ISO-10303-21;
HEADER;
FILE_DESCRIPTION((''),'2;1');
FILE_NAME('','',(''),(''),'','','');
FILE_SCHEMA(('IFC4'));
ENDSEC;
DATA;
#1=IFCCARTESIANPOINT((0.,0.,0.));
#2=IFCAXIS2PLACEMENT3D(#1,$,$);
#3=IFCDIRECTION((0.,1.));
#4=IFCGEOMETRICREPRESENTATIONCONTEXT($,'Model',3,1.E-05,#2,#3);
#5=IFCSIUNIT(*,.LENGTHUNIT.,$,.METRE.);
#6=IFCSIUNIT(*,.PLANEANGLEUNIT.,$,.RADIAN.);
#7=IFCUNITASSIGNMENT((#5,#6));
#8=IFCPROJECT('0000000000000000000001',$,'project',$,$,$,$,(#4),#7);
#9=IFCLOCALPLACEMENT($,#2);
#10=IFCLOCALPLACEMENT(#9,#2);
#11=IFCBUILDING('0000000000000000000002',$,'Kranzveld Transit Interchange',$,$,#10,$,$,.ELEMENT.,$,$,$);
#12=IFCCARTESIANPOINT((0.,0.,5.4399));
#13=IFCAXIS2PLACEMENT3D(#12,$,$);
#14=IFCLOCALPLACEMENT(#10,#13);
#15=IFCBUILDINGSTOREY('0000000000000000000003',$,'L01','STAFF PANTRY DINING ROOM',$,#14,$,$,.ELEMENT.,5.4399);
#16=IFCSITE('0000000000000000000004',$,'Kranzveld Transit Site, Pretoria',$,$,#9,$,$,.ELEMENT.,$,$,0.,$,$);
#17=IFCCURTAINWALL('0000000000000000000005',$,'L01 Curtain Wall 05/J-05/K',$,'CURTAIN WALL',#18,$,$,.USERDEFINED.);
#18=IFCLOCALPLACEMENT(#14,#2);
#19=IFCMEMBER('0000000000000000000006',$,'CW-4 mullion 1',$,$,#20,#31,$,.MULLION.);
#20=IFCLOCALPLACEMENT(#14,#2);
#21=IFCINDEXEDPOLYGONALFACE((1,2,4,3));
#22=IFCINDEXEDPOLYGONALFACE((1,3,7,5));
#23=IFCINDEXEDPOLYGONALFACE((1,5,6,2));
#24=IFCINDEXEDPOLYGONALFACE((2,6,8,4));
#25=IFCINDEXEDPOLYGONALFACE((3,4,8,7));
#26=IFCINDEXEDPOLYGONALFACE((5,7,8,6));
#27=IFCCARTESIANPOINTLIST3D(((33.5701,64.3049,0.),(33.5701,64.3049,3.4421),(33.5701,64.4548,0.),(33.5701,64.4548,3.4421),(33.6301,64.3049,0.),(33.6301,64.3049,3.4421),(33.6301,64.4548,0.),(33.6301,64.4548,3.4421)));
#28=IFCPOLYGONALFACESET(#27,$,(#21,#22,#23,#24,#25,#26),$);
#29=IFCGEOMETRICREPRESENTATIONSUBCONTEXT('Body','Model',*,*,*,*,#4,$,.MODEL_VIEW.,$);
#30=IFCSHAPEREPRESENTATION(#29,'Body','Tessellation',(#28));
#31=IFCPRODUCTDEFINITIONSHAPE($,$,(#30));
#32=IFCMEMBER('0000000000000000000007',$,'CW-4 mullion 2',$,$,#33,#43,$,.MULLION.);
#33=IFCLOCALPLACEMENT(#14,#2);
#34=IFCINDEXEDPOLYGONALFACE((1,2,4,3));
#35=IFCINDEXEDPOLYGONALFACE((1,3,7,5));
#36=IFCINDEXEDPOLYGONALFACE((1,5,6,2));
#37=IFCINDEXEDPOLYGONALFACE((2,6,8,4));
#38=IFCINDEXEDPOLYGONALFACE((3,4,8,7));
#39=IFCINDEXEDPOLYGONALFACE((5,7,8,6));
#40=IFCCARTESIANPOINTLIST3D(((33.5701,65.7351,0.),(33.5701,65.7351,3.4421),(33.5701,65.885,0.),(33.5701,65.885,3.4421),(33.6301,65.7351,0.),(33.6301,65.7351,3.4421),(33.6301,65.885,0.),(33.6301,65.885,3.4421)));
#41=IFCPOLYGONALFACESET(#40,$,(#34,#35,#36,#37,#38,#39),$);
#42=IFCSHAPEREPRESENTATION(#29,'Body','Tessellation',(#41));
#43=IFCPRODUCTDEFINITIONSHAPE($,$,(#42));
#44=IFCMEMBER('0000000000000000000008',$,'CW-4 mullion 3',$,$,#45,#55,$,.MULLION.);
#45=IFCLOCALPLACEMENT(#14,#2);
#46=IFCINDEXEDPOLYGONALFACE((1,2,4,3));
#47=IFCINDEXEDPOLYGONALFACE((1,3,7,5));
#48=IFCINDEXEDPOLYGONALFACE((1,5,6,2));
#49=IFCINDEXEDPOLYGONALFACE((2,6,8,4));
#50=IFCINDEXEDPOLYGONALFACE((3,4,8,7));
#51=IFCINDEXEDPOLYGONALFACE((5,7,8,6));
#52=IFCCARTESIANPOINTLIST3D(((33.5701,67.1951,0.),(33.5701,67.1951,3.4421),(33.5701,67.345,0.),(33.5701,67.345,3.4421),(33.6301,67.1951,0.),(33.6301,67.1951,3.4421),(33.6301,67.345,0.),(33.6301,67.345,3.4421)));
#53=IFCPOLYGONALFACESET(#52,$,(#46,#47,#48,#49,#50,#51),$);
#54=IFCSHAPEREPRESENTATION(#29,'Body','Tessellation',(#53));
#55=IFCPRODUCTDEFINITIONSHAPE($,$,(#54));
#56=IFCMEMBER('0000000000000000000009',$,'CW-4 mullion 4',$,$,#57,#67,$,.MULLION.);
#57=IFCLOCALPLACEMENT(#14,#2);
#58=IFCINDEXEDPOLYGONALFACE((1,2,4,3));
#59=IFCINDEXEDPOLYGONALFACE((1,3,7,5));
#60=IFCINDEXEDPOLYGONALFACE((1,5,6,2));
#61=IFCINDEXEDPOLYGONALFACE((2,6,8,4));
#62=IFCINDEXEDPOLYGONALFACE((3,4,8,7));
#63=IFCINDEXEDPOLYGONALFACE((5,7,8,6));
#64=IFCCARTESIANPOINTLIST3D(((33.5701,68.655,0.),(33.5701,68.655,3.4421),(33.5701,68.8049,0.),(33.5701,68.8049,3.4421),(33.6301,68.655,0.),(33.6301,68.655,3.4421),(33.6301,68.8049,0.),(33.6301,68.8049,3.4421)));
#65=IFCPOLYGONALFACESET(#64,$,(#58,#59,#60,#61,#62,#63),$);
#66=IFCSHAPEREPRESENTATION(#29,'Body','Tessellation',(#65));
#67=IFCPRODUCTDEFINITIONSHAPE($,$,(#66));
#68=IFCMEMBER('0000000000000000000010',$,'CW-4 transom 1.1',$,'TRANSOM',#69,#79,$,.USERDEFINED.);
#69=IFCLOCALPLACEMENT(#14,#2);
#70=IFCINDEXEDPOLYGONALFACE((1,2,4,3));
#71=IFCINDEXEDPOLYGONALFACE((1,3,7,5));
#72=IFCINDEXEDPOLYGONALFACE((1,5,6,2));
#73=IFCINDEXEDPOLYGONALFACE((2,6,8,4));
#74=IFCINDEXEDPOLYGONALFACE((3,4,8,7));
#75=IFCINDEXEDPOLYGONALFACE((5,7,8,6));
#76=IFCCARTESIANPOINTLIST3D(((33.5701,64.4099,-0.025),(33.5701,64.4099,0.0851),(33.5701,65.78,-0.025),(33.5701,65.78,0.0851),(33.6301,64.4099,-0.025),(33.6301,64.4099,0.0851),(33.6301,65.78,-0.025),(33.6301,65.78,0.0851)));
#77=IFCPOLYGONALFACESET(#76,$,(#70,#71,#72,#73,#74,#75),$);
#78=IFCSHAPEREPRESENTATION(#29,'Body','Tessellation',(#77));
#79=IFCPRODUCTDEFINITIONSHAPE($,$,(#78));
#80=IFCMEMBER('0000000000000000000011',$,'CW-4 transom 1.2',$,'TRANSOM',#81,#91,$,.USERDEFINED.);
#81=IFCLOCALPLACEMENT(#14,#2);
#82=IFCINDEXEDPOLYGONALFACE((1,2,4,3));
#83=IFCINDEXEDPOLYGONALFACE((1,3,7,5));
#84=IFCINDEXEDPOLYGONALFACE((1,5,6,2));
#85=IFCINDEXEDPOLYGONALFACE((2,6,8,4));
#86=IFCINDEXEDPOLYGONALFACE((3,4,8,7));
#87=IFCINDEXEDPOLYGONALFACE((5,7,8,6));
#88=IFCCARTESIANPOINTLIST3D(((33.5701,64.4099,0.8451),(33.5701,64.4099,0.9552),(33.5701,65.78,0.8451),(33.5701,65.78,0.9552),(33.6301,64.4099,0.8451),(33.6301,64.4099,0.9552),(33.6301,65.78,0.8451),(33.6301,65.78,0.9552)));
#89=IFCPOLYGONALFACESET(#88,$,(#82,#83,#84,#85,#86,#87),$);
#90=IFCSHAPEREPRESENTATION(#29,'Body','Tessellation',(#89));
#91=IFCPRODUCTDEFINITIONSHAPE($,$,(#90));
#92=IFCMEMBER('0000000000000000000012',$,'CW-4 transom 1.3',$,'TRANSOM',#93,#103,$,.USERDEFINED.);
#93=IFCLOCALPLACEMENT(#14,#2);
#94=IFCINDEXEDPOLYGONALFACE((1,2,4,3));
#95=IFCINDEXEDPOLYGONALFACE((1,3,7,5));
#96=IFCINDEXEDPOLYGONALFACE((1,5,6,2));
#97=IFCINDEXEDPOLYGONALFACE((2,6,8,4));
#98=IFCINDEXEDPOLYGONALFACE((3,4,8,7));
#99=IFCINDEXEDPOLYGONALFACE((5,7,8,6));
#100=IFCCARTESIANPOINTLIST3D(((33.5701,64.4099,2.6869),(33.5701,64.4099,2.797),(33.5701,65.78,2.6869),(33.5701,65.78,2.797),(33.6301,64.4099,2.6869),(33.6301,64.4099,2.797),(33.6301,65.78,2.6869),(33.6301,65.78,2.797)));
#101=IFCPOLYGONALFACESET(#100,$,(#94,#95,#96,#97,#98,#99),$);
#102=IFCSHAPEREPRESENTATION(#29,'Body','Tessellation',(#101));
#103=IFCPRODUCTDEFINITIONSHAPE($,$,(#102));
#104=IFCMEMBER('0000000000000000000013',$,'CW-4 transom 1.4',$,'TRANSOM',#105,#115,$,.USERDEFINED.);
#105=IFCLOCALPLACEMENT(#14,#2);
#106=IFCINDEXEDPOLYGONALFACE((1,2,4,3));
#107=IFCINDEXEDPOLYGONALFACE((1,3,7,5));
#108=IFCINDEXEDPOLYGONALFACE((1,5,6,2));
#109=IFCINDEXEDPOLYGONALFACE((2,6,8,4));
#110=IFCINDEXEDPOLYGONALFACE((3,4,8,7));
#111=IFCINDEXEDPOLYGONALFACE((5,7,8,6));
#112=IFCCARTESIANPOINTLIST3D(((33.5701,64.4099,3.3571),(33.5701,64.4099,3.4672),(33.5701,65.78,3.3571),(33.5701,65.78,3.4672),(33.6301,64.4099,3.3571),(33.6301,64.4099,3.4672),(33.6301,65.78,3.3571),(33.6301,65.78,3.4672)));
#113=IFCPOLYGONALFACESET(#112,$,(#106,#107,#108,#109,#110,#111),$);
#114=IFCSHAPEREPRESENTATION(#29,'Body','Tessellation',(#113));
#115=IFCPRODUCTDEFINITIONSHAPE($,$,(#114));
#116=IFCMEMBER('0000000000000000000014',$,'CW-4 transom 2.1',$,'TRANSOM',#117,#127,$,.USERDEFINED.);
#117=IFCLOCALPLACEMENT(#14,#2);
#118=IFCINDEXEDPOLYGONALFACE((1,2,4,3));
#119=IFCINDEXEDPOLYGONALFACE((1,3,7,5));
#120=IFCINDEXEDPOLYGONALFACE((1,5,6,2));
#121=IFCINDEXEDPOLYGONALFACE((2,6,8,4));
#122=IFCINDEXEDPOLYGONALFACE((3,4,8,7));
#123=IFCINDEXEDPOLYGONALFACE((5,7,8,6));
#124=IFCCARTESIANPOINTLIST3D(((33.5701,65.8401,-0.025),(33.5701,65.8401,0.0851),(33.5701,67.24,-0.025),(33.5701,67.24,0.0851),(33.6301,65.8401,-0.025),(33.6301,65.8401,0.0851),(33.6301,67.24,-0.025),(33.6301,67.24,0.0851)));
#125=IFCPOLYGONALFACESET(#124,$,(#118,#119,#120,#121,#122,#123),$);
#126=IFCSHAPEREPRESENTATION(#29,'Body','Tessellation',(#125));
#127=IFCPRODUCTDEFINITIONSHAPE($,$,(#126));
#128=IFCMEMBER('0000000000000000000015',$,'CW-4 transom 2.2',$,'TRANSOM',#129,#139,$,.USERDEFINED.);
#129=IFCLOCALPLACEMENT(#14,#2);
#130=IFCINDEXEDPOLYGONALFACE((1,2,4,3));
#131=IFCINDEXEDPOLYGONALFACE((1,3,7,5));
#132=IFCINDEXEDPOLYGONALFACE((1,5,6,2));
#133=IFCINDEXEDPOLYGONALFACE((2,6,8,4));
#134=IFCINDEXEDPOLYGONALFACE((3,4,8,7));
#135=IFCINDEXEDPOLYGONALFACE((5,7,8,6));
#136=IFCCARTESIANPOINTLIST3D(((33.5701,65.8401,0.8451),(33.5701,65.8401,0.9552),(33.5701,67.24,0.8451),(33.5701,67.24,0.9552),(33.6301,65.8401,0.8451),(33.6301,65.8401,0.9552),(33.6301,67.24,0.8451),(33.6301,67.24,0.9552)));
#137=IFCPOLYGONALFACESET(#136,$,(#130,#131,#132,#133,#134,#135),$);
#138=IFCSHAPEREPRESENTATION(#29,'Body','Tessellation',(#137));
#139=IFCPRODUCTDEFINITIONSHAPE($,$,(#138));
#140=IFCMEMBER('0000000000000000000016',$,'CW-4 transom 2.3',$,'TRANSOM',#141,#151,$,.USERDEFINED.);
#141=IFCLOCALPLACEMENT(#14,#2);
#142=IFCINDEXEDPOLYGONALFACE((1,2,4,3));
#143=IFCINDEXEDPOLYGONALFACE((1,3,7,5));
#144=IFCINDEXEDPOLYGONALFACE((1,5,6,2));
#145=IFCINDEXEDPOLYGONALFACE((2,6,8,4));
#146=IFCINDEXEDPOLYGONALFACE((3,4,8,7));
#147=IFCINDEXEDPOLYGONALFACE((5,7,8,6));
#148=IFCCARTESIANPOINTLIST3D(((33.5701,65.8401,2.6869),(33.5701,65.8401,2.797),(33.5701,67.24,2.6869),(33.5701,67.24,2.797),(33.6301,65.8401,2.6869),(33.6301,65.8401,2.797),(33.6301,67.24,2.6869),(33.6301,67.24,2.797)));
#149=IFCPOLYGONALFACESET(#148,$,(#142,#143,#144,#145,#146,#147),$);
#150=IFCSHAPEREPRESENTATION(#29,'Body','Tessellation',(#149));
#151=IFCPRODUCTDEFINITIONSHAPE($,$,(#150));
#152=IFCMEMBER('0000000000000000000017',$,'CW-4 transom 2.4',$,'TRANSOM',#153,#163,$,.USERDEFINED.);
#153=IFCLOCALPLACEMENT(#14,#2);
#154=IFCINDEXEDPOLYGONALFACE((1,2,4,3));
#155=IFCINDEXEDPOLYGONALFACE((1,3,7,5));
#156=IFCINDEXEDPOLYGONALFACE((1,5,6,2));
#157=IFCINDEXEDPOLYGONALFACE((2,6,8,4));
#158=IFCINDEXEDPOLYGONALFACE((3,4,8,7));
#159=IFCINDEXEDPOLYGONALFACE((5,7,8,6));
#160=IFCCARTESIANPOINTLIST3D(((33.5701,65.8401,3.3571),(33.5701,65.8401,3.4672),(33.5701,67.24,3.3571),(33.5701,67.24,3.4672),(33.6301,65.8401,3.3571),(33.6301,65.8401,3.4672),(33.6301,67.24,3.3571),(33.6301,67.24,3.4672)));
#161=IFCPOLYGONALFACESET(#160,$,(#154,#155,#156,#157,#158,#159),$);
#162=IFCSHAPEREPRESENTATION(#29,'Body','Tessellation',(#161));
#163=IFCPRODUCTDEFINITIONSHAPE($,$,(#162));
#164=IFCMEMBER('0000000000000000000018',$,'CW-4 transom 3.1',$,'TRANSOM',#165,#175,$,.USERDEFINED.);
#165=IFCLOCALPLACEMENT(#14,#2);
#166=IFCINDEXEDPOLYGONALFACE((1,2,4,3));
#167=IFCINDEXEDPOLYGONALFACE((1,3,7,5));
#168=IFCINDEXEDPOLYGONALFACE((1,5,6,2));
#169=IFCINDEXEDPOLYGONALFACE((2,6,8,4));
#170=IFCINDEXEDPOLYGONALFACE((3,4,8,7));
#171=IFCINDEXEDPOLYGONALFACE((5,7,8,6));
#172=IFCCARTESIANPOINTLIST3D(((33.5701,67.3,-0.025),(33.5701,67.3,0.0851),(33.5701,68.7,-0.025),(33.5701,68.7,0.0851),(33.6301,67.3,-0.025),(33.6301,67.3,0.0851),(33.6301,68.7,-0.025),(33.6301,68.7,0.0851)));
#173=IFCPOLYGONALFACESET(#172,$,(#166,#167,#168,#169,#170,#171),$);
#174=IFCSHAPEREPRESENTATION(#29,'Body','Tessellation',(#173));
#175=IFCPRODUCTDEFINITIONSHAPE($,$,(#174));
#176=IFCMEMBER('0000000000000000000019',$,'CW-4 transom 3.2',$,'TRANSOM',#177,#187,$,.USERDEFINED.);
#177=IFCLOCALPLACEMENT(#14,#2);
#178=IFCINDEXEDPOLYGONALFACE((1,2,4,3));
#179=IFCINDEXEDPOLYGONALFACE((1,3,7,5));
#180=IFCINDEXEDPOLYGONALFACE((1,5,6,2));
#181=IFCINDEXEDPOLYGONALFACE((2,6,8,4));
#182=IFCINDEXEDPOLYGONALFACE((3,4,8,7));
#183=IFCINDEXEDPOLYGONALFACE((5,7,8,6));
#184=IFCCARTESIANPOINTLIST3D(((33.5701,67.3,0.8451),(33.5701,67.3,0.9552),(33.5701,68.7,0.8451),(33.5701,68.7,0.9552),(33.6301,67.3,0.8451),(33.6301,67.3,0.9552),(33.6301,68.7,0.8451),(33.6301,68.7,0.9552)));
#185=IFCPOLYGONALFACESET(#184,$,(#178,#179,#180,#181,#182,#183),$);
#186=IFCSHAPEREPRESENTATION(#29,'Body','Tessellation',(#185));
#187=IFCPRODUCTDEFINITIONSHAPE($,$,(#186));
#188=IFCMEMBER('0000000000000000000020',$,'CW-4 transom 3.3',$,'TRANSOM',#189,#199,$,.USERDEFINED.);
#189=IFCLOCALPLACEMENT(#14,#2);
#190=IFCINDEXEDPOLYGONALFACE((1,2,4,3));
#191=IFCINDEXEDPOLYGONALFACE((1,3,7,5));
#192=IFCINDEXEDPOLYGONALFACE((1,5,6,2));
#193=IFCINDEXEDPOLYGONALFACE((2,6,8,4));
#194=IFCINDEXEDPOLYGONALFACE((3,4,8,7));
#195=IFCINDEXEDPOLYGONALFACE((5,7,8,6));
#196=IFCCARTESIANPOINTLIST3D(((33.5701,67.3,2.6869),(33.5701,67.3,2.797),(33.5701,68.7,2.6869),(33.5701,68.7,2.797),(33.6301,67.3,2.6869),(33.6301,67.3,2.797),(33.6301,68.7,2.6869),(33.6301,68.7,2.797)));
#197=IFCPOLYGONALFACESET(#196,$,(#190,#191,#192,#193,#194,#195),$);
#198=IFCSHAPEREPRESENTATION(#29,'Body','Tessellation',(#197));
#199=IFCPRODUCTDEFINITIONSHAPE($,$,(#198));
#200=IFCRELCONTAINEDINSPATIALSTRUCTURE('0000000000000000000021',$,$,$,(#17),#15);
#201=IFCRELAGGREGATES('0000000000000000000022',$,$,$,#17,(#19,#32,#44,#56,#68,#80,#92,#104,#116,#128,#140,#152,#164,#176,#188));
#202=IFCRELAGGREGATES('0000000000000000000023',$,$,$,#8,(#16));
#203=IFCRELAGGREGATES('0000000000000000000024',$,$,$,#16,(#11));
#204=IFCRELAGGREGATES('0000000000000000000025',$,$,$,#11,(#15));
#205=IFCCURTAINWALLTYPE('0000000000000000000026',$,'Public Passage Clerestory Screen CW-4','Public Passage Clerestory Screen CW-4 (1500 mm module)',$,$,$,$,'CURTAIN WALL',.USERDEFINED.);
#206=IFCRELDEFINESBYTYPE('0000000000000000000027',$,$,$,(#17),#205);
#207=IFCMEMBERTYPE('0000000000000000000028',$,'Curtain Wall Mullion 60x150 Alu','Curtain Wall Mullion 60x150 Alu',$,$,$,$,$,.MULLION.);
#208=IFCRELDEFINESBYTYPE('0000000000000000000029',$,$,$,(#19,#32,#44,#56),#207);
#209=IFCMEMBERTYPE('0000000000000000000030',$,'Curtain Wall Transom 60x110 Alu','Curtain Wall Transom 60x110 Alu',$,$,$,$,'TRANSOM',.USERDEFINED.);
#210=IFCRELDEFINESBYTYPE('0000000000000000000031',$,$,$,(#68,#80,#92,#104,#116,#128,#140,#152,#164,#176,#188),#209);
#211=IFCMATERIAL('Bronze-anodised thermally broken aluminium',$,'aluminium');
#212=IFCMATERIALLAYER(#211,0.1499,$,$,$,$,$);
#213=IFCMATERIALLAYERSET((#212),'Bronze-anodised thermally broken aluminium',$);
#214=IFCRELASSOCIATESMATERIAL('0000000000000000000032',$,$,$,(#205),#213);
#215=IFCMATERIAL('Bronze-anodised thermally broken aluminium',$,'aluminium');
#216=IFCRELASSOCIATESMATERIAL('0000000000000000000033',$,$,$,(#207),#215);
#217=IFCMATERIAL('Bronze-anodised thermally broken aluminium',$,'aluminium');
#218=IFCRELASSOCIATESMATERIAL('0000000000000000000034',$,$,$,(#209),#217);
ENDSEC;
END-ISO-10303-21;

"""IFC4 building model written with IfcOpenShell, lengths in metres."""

from ifc_helpers import new_model, si_unit, direction, frame, origin, origin_2d, place, context, subcontext, project, spatial, rectangle, extrude, material, layer, layer_set, material_profile, profile_set, type_object, element, aggregate, save


model = new_model("IFC4")

# Units and contexts
model_context = context("Model", 3, precision=1e-05, world=origin(), true_north=direction((0.0, 1.0)))
body_context = subcontext(model_context, "Body", "Model", "MODEL_VIEW")
ifc_project = project(units=[si_unit("LENGTHUNIT", "METRE"), si_unit("PLANEANGLEUNIT", "RADIAN")], contexts=[model_context])

# Site, building, storey
site_placement = place(None, origin())
site = spatial("IfcSite", under=ifc_project, at=site_placement, Name="Kranzveld Transit Site, Pretoria", CompositionType="ELEMENT", RefElevation=0.0)
building_placement = place(site_placement, origin())
building = spatial("IfcBuilding", under=site, at=building_placement, Name="Kranzveld Transit Interchange", CompositionType="ELEMENT")
storey_placement = place(building_placement, frame((0.0, 0.0, 5.4399)))
storey = spatial("IfcBuildingStorey", under=building, at=storey_placement, Name="L01", Description="STAFF PANTRY DINING ROOM", CompositionType="ELEMENT", Elevation=5.4399)

# Curtain wall, members
ifc_material_1 = material(Name="Bronze-anodised thermally broken aluminium", Category="aluminium")
ifc_layer_1 = layer(ifc_material_1, 0.1499)
ifc_layer_set_1 = layer_set([ifc_layer_1], Name="Bronze-anodised thermally broken aluminium")
curtain_wall_type = type_object("IfcCurtainWallType", Name="Public Passage Clerestory Screen CW-4", Description="Public Passage Clerestory Screen CW-4 (1500 mm module)", ElementType="CURTAIN WALL", PredefinedType="USERDEFINED", material=ifc_layer_set_1)
curtain_wall_placement = place(storey_placement, origin())
curtain_wall = element("IfcCurtainWall", 1, at=curtain_wall_placement, inside=storey, type_object=curtain_wall_type, Name="L01 Curtain Wall 05/J-05/K", ObjectType="CURTAIN WALL", PredefinedType="USERDEFINED")
ifc_material_2 = material(Name="Bronze-anodised thermally broken aluminium", Category="aluminium")
ifc_material_profile_1 = material_profile(ifc_material_2, rectangle(XDim=0.0601, YDim=0.1499, at=origin_2d()), Name="ALU MULLION 60x150")
ifc_profile_set_1 = profile_set([ifc_material_profile_1], Name="Bronze-anodised thermally broken aluminium")
member_type_1 = type_object("IfcMemberType", Name="Curtain Wall Mullion 60x150 Alu", Description="Curtain Wall Mullion 60x150 Alu", PredefinedType="MULLION", material=ifc_profile_set_1)
member_1_placement = place(storey_placement, frame((33.6001, 64.3799, 0.0), z_axis=(0.0, 0.0, 1.0), x_axis=(-1.0, 0.0, 0.0)))
member_1 = element("IfcMember", 2, at=member_1_placement, type_object=member_type_1, Name="CW-4 mullion 1", PredefinedType="MULLION", context=body_context, shape_type="SweptSolid", body=[
    extrude(rectangle(XDim=0.0601, YDim=0.1499, at=origin_2d()), origin(), (0.0, 0.0, 1.0), 3.4421),
])
member_2_placement = place(storey_placement, frame((33.6001, 65.8101, 0.0), z_axis=(0.0, 0.0, 1.0), x_axis=(-1.0, 0.0, 0.0)))
member_2 = element("IfcMember", 3, at=member_2_placement, type_object=member_type_1, Name="CW-4 mullion 2", PredefinedType="MULLION", context=body_context, shape_type="SweptSolid", body=[
    extrude(rectangle(XDim=0.0601, YDim=0.1499, at=origin_2d()), origin(), (0.0, 0.0, 1.0), 3.4421),
])
member_3_placement = place(storey_placement, frame((33.6001, 67.27, 0.0), z_axis=(0.0, 0.0, 1.0), x_axis=(-1.0, 0.0, 0.0)))
member_3 = element("IfcMember", 4, at=member_3_placement, type_object=member_type_1, Name="CW-4 mullion 3", PredefinedType="MULLION", context=body_context, shape_type="SweptSolid", body=[
    extrude(rectangle(XDim=0.0601, YDim=0.1499, at=origin_2d()), origin(), (0.0, 0.0, 1.0), 3.4421),
])
member_4_placement = place(storey_placement, frame((33.6001, 68.73, 0.0), z_axis=(0.0, 0.0, 1.0), x_axis=(-1.0, 0.0, 0.0)))
member_4 = element("IfcMember", 5, at=member_4_placement, type_object=member_type_1, Name="CW-4 mullion 4", PredefinedType="MULLION", context=body_context, shape_type="SweptSolid", body=[
    extrude(rectangle(XDim=0.0601, YDim=0.1499, at=origin_2d()), origin(), (0.0, 0.0, 1.0), 3.4421),
])
ifc_material_3 = material(Name="Bronze-anodised thermally broken aluminium", Category="aluminium")
ifc_material_profile_2 = material_profile(ifc_material_3, rectangle(XDim=0.0601, YDim=0.1101, at=origin_2d()), Name="ALU TRANSOM 60x110")
ifc_profile_set_2 = profile_set([ifc_material_profile_2], Name="Bronze-anodised thermally broken aluminium")
member_type_2 = type_object("IfcMemberType", Name="Curtain Wall Transom 60x110 Alu", Description="Curtain Wall Transom 60x110 Alu", ElementType="TRANSOM", PredefinedType="USERDEFINED", material=ifc_profile_set_2)
member_5_placement = place(storey_placement, frame((33.6001, 64.4099, 0.03), z_axis=(0.0, 1.0, 0.0), x_axis=(-1.0, 0.0, 0.0)))
member_5 = element("IfcMember", 6, at=member_5_placement, type_object=member_type_2, Name="CW-4 transom 1.1", ObjectType="TRANSOM", PredefinedType="USERDEFINED", context=body_context, shape_type="SweptSolid", body=[
    extrude(rectangle(XDim=0.0601, YDim=0.1101, at=origin_2d()), origin(), (0.0, 0.0, 1.0), 1.3701),
])
member_6_placement = place(storey_placement, frame((33.6001, 64.4099, 0.9001), z_axis=(0.0, 1.0, 0.0), x_axis=(-1.0, 0.0, 0.0)))
member_6 = element("IfcMember", 7, at=member_6_placement, type_object=member_type_2, Name="CW-4 transom 1.2", ObjectType="TRANSOM", PredefinedType="USERDEFINED", context=body_context, shape_type="SweptSolid", body=[
    extrude(rectangle(XDim=0.0601, YDim=0.1101, at=origin_2d()), origin(), (0.0, 0.0, 1.0), 1.3701),
])
member_7_placement = place(storey_placement, frame((33.6001, 64.4099, 2.7419), z_axis=(0.0, 1.0, 0.0), x_axis=(-1.0, 0.0, 0.0)))
member_7 = element("IfcMember", 8, at=member_7_placement, type_object=member_type_2, Name="CW-4 transom 1.3", ObjectType="TRANSOM", PredefinedType="USERDEFINED", context=body_context, shape_type="SweptSolid", body=[
    extrude(rectangle(XDim=0.0601, YDim=0.1101, at=origin_2d()), origin(), (0.0, 0.0, 1.0), 1.3701),
])
member_8_placement = place(storey_placement, frame((33.6001, 64.4099, 3.4121), z_axis=(0.0, 1.0, 0.0), x_axis=(-1.0, 0.0, 0.0)))
member_8 = element("IfcMember", 9, at=member_8_placement, type_object=member_type_2, Name="CW-4 transom 1.4", ObjectType="TRANSOM", PredefinedType="USERDEFINED", context=body_context, shape_type="SweptSolid", body=[
    extrude(rectangle(XDim=0.0601, YDim=0.1101, at=origin_2d()), origin(), (0.0, 0.0, 1.0), 1.3701),
])
member_9_placement = place(storey_placement, frame((33.6001, 65.8401, 0.03), z_axis=(0.0, 1.0, 0.0), x_axis=(-1.0, 0.0, 0.0)))
member_9 = element("IfcMember", 10, at=member_9_placement, type_object=member_type_2, Name="CW-4 transom 2.1", ObjectType="TRANSOM", PredefinedType="USERDEFINED", context=body_context, shape_type="SweptSolid", body=[
    extrude(rectangle(XDim=0.0601, YDim=0.1101, at=origin_2d()), origin(), (0.0, 0.0, 1.0), 1.3999),
])
member_10_placement = place(storey_placement, frame((33.6001, 65.8401, 0.9001), z_axis=(0.0, 1.0, 0.0), x_axis=(-1.0, 0.0, 0.0)))
member_10 = element("IfcMember", 11, at=member_10_placement, type_object=member_type_2, Name="CW-4 transom 2.2", ObjectType="TRANSOM", PredefinedType="USERDEFINED", context=body_context, shape_type="SweptSolid", body=[
    extrude(rectangle(XDim=0.0601, YDim=0.1101, at=origin_2d()), origin(), (0.0, 0.0, 1.0), 1.3999),
])
member_11_placement = place(storey_placement, frame((33.6001, 65.8401, 2.7419), z_axis=(0.0, 1.0, 0.0), x_axis=(-1.0, 0.0, 0.0)))
member_11 = element("IfcMember", 12, at=member_11_placement, type_object=member_type_2, Name="CW-4 transom 2.3", ObjectType="TRANSOM", PredefinedType="USERDEFINED", context=body_context, shape_type="SweptSolid", body=[
    extrude(rectangle(XDim=0.0601, YDim=0.1101, at=origin_2d()), origin(), (0.0, 0.0, 1.0), 1.3999),
])
member_12_placement = place(storey_placement, frame((33.6001, 65.8401, 3.4121), z_axis=(0.0, 1.0, 0.0), x_axis=(-1.0, 0.0, 0.0)))
member_12 = element("IfcMember", 13, at=member_12_placement, type_object=member_type_2, Name="CW-4 transom 2.4", ObjectType="TRANSOM", PredefinedType="USERDEFINED", context=body_context, shape_type="SweptSolid", body=[
    extrude(rectangle(XDim=0.0601, YDim=0.1101, at=origin_2d()), origin(), (0.0, 0.0, 1.0), 1.3999),
])
member_13_placement = place(storey_placement, frame((33.6001, 67.3, 0.03), z_axis=(0.0, 1.0, 0.0), x_axis=(-1.0, 0.0, 0.0)))
member_13 = element("IfcMember", 14, at=member_13_placement, type_object=member_type_2, Name="CW-4 transom 3.1", ObjectType="TRANSOM", PredefinedType="USERDEFINED", context=body_context, shape_type="SweptSolid", body=[
    extrude(rectangle(XDim=0.0601, YDim=0.1101, at=origin_2d()), origin(), (0.0, 0.0, 1.0), 1.3999),
])
member_14_placement = place(storey_placement, frame((33.6001, 67.3, 0.9001), z_axis=(0.0, 1.0, 0.0), x_axis=(-1.0, 0.0, 0.0)))
member_14 = element("IfcMember", 15, at=member_14_placement, type_object=member_type_2, Name="CW-4 transom 3.2", ObjectType="TRANSOM", PredefinedType="USERDEFINED", context=body_context, shape_type="SweptSolid", body=[
    extrude(rectangle(XDim=0.0601, YDim=0.1101, at=origin_2d()), origin(), (0.0, 0.0, 1.0), 1.3999),
])
member_15_placement = place(storey_placement, frame((33.6001, 67.3, 2.7419), z_axis=(0.0, 1.0, 0.0), x_axis=(-1.0, 0.0, 0.0)))
member_15 = element("IfcMember", 16, at=member_15_placement, type_object=member_type_2, Name="CW-4 transom 3.3", ObjectType="TRANSOM", PredefinedType="USERDEFINED", context=body_context, shape_type="SweptSolid", body=[
    extrude(rectangle(XDim=0.0601, YDim=0.1101, at=origin_2d()), origin(), (0.0, 0.0, 1.0), 1.3999),
])

aggregate(curtain_wall, [member_1, member_2, member_3, member_4, member_5, member_6, member_7, member_8, member_9, member_10, member_11, member_12, member_13, member_14, member_15])

save(model, "model.ifc")
